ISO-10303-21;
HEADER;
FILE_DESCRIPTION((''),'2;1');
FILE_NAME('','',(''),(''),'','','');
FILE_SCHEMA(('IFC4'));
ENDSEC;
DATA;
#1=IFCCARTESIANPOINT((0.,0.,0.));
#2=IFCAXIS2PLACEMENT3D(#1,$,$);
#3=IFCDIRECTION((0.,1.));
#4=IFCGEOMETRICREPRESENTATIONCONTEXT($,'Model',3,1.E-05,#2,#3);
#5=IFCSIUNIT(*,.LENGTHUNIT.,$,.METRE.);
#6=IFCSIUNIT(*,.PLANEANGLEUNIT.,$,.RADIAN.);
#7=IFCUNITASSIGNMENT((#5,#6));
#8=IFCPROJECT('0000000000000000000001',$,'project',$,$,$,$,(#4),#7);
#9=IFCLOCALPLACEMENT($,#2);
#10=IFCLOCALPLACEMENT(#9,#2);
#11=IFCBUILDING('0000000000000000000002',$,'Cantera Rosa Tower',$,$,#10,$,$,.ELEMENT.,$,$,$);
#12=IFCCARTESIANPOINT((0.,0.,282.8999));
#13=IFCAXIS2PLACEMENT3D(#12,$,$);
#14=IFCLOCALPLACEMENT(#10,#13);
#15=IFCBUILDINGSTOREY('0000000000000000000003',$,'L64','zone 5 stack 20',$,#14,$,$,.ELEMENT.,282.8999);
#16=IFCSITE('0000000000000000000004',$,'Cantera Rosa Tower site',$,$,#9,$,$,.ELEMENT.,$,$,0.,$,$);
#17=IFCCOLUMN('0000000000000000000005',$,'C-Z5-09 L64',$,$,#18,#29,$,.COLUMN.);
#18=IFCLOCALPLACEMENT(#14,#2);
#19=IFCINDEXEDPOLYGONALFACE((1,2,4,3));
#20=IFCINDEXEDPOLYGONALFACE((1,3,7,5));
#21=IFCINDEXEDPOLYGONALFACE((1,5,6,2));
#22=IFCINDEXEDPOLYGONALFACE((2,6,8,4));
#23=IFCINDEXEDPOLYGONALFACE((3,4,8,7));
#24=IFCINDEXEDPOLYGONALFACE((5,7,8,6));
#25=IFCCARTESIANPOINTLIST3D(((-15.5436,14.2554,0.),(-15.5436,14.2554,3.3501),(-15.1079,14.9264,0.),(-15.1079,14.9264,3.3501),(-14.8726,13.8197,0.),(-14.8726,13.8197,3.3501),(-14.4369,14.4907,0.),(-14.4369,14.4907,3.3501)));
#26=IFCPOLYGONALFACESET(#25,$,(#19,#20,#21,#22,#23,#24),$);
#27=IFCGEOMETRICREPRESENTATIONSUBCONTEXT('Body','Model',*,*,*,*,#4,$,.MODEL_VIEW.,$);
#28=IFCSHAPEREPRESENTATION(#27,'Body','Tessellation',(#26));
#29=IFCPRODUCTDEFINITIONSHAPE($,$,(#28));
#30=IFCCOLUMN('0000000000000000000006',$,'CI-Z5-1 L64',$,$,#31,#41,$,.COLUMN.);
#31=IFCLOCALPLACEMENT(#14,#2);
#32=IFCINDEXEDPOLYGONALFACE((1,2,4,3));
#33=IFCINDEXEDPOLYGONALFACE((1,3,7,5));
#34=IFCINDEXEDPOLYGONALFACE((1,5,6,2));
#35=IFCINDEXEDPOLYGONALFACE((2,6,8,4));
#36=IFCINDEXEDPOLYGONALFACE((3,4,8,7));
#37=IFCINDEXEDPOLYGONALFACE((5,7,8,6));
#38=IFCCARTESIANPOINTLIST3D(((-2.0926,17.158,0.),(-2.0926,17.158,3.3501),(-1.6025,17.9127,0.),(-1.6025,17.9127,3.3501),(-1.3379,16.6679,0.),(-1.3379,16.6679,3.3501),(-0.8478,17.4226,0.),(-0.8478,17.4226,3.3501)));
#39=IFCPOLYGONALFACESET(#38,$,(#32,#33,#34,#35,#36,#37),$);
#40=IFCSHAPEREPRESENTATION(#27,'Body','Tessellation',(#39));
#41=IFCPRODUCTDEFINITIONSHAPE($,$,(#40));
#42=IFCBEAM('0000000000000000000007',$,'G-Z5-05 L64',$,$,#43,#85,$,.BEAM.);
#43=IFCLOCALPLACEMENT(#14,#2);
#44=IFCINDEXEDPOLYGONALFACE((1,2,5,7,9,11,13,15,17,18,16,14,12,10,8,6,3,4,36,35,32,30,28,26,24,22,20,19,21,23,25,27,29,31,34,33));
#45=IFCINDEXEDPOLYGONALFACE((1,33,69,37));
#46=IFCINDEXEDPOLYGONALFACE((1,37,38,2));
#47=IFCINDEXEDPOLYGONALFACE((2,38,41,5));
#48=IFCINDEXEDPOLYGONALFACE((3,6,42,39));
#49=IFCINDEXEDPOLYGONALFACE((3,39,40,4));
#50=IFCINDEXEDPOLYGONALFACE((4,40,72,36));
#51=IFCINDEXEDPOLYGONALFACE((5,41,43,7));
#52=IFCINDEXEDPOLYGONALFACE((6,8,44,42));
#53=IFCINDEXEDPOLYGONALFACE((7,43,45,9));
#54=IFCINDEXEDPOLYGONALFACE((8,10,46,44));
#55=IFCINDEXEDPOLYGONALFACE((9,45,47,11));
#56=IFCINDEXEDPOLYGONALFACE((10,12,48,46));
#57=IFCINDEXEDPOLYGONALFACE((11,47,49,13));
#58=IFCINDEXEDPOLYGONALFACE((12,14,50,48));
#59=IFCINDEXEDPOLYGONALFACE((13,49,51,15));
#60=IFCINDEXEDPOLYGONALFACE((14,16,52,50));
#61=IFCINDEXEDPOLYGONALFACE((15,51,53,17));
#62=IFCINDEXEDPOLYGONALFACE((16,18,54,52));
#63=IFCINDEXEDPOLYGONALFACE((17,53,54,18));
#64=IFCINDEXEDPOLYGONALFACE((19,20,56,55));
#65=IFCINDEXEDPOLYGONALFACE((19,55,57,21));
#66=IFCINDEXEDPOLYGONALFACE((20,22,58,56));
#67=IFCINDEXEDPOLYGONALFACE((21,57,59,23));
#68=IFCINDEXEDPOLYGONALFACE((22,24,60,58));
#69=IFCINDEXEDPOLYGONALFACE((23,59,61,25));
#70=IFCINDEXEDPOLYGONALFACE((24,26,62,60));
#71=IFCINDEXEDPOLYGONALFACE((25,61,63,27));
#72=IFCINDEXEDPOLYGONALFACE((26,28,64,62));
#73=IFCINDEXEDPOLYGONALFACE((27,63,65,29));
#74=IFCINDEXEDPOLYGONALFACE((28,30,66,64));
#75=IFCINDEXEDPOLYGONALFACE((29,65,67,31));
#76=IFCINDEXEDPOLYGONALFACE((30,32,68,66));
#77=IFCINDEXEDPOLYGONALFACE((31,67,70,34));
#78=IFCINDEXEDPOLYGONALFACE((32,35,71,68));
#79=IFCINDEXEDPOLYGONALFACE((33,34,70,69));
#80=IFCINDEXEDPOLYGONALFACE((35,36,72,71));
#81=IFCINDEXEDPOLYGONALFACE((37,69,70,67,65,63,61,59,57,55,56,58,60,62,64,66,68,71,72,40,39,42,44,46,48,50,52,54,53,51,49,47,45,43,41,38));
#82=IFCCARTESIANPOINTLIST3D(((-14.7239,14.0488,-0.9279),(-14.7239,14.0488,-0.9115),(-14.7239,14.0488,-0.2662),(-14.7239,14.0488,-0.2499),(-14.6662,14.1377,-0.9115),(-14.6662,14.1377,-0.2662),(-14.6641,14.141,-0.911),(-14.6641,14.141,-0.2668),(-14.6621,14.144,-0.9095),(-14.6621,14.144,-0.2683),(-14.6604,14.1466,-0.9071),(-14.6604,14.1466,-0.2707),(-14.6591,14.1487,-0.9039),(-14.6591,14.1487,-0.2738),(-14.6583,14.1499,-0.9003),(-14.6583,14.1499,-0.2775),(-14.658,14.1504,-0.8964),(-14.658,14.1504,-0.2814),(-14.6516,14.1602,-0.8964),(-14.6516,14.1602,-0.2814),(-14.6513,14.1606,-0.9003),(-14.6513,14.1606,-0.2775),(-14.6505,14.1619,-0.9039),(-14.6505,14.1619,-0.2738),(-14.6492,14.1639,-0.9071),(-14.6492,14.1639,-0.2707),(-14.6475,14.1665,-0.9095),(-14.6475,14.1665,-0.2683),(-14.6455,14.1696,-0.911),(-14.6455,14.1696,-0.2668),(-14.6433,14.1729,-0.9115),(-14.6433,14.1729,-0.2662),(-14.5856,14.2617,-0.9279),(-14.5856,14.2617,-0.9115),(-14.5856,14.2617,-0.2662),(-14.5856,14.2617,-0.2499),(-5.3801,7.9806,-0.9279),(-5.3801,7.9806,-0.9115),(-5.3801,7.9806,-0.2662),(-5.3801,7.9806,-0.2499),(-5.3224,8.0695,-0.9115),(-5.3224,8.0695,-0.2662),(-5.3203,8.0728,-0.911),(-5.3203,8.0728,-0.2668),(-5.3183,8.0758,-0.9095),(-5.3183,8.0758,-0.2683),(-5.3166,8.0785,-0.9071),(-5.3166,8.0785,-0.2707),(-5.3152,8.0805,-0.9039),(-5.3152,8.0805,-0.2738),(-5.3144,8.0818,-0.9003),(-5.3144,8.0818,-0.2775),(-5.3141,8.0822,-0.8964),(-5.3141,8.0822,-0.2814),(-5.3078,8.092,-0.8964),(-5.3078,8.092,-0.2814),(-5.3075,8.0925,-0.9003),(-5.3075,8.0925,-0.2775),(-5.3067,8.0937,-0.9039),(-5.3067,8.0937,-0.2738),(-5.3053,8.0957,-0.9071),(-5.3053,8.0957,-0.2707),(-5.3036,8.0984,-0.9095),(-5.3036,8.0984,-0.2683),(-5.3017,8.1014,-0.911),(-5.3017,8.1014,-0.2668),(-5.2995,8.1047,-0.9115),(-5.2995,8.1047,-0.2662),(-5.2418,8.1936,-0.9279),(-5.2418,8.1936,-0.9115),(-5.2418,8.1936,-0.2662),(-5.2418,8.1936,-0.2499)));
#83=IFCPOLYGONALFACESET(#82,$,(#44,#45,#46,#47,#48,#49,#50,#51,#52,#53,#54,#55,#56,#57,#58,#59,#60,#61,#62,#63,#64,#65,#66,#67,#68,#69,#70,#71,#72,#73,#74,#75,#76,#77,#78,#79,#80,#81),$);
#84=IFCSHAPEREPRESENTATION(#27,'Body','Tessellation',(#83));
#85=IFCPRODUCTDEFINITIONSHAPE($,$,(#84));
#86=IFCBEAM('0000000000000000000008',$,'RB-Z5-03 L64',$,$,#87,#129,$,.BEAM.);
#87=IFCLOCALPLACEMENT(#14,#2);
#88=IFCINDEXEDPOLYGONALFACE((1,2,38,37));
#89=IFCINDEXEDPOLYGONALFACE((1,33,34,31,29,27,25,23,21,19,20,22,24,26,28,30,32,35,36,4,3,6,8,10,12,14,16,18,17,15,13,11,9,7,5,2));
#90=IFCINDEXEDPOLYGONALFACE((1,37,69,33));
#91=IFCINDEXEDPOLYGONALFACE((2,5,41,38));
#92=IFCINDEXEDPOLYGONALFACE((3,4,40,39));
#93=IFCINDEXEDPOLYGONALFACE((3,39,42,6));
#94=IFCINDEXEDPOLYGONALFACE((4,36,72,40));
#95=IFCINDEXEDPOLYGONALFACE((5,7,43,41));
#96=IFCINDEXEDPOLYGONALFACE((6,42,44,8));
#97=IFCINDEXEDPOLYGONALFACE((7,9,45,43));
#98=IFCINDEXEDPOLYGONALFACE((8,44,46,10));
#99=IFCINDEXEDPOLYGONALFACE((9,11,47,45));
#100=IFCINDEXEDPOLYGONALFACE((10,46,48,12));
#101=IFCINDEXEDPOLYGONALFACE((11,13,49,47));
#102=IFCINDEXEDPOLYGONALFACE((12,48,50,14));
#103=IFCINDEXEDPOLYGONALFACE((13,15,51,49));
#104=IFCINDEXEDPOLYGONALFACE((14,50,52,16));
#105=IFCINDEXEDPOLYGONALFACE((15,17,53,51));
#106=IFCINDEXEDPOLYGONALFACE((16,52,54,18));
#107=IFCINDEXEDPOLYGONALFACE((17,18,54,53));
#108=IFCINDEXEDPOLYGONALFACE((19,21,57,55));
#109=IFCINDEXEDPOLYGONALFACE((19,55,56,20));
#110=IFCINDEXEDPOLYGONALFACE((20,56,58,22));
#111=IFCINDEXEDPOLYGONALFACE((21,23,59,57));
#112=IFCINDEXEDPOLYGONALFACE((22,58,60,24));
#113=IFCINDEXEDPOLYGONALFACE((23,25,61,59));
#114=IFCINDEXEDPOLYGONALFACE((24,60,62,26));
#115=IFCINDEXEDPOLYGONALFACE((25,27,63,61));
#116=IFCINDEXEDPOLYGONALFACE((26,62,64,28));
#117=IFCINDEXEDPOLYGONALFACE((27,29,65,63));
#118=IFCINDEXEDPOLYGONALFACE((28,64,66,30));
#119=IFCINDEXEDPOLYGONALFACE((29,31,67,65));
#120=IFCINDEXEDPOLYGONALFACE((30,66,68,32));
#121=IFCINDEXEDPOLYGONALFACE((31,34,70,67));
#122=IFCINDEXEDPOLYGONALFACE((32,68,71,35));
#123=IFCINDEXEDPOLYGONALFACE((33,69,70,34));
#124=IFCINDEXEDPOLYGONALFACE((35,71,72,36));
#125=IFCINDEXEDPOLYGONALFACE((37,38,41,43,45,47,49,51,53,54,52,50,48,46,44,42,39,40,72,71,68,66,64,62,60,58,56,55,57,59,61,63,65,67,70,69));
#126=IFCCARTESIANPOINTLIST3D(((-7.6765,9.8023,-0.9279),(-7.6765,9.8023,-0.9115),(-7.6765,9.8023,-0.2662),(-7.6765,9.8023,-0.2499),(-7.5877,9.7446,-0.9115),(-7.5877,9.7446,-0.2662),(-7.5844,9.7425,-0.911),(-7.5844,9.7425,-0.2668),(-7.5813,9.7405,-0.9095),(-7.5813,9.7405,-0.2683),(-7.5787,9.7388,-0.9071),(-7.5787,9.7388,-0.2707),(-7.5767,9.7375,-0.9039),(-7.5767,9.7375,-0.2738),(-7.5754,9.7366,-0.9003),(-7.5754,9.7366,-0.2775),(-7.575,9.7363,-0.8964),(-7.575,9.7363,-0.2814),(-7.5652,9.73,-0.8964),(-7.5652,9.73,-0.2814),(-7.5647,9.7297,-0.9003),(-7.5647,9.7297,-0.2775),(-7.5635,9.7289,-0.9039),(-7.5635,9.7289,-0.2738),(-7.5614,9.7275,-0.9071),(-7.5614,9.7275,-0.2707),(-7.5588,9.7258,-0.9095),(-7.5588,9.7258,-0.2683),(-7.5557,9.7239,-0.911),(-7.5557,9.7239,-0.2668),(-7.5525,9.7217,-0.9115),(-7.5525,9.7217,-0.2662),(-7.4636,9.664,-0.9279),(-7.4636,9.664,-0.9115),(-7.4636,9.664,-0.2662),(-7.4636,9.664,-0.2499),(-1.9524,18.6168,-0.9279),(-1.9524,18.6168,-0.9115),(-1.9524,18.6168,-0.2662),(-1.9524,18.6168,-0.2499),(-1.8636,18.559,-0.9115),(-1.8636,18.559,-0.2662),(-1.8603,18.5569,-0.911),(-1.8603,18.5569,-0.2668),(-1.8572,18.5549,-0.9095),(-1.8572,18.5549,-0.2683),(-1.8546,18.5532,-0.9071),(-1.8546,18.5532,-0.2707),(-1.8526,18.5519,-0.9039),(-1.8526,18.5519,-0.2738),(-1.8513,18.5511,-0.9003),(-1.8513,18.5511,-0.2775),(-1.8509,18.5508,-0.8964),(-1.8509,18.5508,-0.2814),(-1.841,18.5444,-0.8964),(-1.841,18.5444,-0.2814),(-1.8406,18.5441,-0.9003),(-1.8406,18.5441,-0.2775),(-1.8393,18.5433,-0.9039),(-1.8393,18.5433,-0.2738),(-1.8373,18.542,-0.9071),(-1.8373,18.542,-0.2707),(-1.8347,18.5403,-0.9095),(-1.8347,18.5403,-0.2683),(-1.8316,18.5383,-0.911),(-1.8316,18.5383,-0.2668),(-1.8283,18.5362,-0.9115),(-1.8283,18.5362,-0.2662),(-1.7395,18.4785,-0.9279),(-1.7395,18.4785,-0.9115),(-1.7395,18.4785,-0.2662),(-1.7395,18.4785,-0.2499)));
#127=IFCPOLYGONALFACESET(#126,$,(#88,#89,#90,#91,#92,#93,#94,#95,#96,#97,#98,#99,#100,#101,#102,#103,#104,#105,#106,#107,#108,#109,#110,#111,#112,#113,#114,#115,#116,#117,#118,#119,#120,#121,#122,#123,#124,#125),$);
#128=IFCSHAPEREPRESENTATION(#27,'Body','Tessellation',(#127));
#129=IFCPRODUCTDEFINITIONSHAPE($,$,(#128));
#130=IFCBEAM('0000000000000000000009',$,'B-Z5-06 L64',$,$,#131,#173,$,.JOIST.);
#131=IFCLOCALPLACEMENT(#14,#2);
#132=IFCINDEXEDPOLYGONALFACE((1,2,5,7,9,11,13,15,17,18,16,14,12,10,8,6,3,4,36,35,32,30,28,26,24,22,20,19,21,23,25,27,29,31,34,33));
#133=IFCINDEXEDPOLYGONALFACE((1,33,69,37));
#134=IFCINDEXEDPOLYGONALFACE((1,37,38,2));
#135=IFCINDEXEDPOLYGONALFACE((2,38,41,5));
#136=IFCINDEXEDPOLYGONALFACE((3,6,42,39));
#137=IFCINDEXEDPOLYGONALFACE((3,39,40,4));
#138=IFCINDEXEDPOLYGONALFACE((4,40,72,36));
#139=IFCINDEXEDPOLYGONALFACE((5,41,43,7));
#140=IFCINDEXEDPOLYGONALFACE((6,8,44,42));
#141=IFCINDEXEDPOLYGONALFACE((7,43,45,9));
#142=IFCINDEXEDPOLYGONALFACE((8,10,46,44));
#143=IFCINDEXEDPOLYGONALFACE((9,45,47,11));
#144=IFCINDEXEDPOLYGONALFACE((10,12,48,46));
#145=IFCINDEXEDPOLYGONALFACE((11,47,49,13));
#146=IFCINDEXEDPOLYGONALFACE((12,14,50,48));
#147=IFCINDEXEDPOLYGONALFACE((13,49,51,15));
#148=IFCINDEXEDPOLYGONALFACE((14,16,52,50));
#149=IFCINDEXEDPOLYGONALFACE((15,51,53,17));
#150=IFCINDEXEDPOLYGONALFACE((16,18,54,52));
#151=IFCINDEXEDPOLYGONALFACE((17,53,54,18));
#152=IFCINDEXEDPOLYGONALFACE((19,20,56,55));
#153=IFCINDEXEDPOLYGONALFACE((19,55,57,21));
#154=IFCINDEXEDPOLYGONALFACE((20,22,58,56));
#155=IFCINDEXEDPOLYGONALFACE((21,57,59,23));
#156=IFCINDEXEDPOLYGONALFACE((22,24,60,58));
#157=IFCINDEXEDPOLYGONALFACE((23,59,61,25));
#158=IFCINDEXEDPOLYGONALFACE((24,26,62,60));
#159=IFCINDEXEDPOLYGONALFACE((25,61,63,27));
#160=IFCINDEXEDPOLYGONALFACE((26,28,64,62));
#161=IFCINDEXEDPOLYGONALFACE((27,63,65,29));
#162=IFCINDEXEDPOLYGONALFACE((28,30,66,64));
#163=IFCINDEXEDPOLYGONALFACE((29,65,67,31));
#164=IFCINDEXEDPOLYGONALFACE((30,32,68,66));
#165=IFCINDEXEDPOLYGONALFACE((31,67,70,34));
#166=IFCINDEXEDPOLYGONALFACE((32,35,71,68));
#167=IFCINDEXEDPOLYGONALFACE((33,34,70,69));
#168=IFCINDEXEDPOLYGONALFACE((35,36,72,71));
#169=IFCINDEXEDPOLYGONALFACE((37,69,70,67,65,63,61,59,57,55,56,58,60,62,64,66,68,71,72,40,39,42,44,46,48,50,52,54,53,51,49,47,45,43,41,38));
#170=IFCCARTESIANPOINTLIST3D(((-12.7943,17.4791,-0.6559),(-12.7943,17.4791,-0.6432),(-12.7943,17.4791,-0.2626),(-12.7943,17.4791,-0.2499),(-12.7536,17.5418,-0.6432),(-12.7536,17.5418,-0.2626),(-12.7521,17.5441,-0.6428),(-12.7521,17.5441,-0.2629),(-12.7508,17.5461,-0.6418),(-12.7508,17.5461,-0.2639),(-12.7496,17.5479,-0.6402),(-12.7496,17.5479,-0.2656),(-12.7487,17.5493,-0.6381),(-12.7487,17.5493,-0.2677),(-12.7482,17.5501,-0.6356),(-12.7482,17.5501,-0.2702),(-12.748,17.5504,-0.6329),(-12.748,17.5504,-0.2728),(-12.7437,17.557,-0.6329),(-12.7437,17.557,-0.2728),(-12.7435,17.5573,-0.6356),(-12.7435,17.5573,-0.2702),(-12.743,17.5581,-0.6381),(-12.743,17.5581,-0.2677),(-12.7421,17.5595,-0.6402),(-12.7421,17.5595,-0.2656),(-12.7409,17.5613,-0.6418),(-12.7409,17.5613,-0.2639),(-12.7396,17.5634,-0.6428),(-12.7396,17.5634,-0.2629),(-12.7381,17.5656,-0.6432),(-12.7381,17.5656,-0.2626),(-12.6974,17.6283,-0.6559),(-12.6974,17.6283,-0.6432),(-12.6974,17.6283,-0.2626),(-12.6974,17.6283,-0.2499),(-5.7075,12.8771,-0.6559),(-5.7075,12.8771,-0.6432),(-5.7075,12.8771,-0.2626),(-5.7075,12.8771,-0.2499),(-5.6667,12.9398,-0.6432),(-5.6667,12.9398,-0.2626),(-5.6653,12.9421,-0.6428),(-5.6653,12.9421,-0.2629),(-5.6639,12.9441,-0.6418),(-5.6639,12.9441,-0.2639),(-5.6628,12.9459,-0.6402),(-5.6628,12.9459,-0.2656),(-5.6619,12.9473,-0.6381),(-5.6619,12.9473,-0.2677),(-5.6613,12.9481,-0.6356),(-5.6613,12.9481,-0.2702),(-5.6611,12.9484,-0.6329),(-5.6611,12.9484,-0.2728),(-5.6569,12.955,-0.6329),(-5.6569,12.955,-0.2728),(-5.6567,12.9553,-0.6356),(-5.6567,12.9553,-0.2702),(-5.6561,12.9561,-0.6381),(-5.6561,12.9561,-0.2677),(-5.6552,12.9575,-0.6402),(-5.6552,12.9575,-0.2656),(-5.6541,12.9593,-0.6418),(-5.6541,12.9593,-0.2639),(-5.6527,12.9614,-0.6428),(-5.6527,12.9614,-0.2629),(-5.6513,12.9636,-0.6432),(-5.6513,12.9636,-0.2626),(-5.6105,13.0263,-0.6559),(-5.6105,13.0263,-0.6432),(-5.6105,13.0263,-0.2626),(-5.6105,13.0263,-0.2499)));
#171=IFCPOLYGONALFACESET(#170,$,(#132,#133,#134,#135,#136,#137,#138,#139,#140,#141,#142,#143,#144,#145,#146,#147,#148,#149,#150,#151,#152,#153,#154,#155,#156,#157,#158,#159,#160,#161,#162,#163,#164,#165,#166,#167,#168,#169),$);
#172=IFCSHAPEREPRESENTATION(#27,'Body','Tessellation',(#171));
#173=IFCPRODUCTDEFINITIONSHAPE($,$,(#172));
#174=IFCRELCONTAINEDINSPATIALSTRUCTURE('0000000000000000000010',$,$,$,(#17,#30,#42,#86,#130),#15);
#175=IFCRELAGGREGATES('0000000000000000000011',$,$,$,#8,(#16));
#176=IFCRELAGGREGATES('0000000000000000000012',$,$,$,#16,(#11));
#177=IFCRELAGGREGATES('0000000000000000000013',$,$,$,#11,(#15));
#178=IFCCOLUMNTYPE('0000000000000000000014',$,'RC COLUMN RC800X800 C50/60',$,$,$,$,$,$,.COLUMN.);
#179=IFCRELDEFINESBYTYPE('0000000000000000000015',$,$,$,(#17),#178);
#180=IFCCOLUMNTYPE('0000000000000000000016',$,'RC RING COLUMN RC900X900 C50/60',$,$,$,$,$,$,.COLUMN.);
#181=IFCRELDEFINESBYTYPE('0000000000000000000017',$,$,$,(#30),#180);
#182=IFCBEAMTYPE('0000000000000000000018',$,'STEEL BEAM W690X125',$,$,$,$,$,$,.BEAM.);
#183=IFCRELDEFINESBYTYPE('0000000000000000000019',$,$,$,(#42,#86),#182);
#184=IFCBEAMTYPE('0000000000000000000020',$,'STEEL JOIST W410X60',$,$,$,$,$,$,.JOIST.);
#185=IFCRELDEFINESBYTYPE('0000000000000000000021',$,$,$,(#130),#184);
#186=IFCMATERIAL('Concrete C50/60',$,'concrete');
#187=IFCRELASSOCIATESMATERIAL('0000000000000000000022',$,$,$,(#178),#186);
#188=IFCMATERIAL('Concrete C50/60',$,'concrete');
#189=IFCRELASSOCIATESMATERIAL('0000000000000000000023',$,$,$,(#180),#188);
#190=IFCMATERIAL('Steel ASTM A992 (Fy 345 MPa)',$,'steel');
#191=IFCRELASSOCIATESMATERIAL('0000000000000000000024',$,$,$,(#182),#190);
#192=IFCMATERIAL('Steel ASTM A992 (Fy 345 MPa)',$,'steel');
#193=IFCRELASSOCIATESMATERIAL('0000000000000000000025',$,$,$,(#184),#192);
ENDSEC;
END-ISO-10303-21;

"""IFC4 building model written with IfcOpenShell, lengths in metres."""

from ifc_helpers import new_model, si_unit, direction, frame, origin, origin_2d, place, context, subcontext, project, spatial, rectangle, i_section, extrude, material, material_profile, profile_set, type_object, element, save


model = new_model("IFC4")

# Units and contexts
model_context = context("Model", 3, precision=1e-05, world=origin(), true_north=direction((0.0, 1.0)))
body_context = subcontext(model_context, "Body", "Model", "MODEL_VIEW")
ifc_project = project(units=[si_unit("LENGTHUNIT", "METRE"), si_unit("PLANEANGLEUNIT", "RADIAN")], contexts=[model_context])

# Site, building, storey
site_placement = place(None, origin())
site = spatial("IfcSite", under=ifc_project, at=site_placement, Name="Cantera Rosa Tower site", CompositionType="ELEMENT", RefElevation=0.0)
building_placement = place(site_placement, origin())
building = spatial("IfcBuilding", under=site, at=building_placement, Name="Cantera Rosa Tower", CompositionType="ELEMENT")
storey_placement = place(building_placement, frame((0.0, 0.0, 282.8999)))
storey = spatial("IfcBuildingStorey", under=building, at=storey_placement, Name="L64", Description="zone 5 stack 20", CompositionType="ELEMENT", Elevation=282.8999)

# Columns
ifc_material_1 = material(Name="Concrete C50/60", Category="concrete")
ifc_material_profile_1 = material_profile(ifc_material_1, rectangle(XDim=0.8, YDim=0.8, at=origin_2d()), Name="RC COLUMN RC800X800 C50/60")
ifc_profile_set_1 = profile_set([ifc_material_profile_1], Name="Concrete C50/60")
column_type_1 = type_object("IfcColumnType", Name="RC COLUMN RC800X800 C50/60", PredefinedType="COLUMN", material=ifc_profile_set_1)
column_1_placement = place(storey_placement, frame((-14.9902, 14.373, 0.0), z_axis=(0.0, 0.0, 1.0), x_axis=(0.544639, 0.838671, 0.0)))
element("IfcColumn", 1, at=column_1_placement, inside=storey, type_object=column_type_1, Name="C-Z5-09 L64", PredefinedType="COLUMN", context=body_context, shape_type="SweptSolid", body=[
    extrude(rectangle(XDim=0.8, YDim=0.8, at=origin_2d()), origin(), (0.0, 0.0, 1.0), 3.3501),
])
ifc_material_2 = material(Name="Concrete C50/60", Category="concrete")
ifc_material_profile_2 = material_profile(ifc_material_2, rectangle(XDim=0.8999, YDim=0.8999, at=origin_2d()), Name="RC RING COLUMN RC900X900 C50/60")
ifc_profile_set_2 = profile_set([ifc_material_profile_2], Name="Concrete C50/60")
column_type_2 = type_object("IfcColumnType", Name="RC RING COLUMN RC900X900 C50/60", PredefinedType="COLUMN", material=ifc_profile_set_2)
column_2_placement = place(storey_placement, frame((-1.4702, 17.2903, 0.0), z_axis=(0.0, 0.0, 1.0), x_axis=(0.544639, 0.838671, 0.0)))
element("IfcColumn", 2, at=column_2_placement, inside=storey, type_object=column_type_2, Name="CI-Z5-1 L64", PredefinedType="COLUMN", context=body_context, shape_type="SweptSolid", body=[
    extrude(rectangle(XDim=0.8999, YDim=0.8999, at=origin_2d()), origin(), (0.0, 0.0, 1.0), 3.3501),
])

# Beams
ifc_material_3 = material(Name="Steel ASTM A992 (Fy 345 MPa)", Category="steel")
ifc_material_profile_3 = material_profile(ifc_material_3, i_section(OverallWidth=0.2539, OverallDepth=0.678, WebThickness=0.0117, FlangeThickness=0.0164, FilletRadius=0.0151, at=origin_2d()), Name="W690X125")
ifc_profile_set_3 = profile_set([ifc_material_profile_3], Name="Steel ASTM A992 (Fy 345 MPa)")
beam_type_1 = type_object("IfcBeamType", Name="STEEL BEAM W690X125", PredefinedType="BEAM", material=ifc_profile_set_3)
beam_1_placement = place(storey_placement, frame((-14.6548, 14.1553, -0.5889), z_axis=(0.838662, -0.544652, 0.0), x_axis=(0.544652, 0.838662, 0.0)))
element("IfcBeam", 3, at=beam_1_placement, inside=storey, type_object=beam_type_1, Name="G-Z5-05 L64", PredefinedType="BEAM", context=body_context, shape_type="SweptSolid", body=[
    extrude(i_section(OverallWidth=0.2539, OverallDepth=0.678, WebThickness=0.0117, FlangeThickness=0.0164, FilletRadius=0.0151, at=origin_2d()), origin(), (0.0, 0.0, 1.0), 11.1414),
])
beam_2_placement = place(storey_placement, frame((-7.5701, 9.7332, -0.5889), z_axis=(0.544636, 0.838673, 0.0), x_axis=(-0.838673, 0.544636, 0.0)))
element("IfcBeam", 4, at=beam_2_placement, inside=storey, type_object=beam_type_1, Name="RB-Z5-03 L64", PredefinedType="BEAM", context=body_context, shape_type="SweptSolid", body=[
    extrude(i_section(OverallWidth=0.2539, OverallDepth=0.678, WebThickness=0.0117, FlangeThickness=0.0164, FilletRadius=0.0151, at=origin_2d()), origin(), (0.0, 0.0, 1.0), 10.51),
])
ifc_material_4 = material(Name="Steel ASTM A992 (Fy 345 MPa)", Category="steel")
ifc_material_profile_4 = material_profile(ifc_material_4, i_section(OverallWidth=0.178, OverallDepth=0.406, WebThickness=0.0078, FlangeThickness=0.0127, FilletRadius=0.0103, at=origin_2d()), Name="W410X60")
ifc_profile_set_4 = profile_set([ifc_material_profile_4], Name="Steel ASTM A992 (Fy 345 MPa)")
beam_type_2 = type_object("IfcBeamType", Name="STEEL JOIST W410X60", PredefinedType="JOIST", material=ifc_profile_set_4)
beam_3_placement = place(storey_placement, frame((-12.7458, 17.5537, -0.4529), z_axis=(0.838684, -0.544619, 0.0), x_axis=(0.544619, 0.838684, 0.0)))
element("IfcBeam", 5, at=beam_3_placement, inside=storey, type_object=beam_type_2, Name="B-Z5-06 L64", PredefinedType="JOIST", context=body_context, shape_type="SweptSolid", body=[
    extrude(i_section(OverallWidth=0.178, OverallDepth=0.406, WebThickness=0.0078, FlangeThickness=0.0127, FilletRadius=0.0103, at=origin_2d()), origin(), (0.0, 0.0, 1.0), 8.45),
])

save(model, "model.ifc")
